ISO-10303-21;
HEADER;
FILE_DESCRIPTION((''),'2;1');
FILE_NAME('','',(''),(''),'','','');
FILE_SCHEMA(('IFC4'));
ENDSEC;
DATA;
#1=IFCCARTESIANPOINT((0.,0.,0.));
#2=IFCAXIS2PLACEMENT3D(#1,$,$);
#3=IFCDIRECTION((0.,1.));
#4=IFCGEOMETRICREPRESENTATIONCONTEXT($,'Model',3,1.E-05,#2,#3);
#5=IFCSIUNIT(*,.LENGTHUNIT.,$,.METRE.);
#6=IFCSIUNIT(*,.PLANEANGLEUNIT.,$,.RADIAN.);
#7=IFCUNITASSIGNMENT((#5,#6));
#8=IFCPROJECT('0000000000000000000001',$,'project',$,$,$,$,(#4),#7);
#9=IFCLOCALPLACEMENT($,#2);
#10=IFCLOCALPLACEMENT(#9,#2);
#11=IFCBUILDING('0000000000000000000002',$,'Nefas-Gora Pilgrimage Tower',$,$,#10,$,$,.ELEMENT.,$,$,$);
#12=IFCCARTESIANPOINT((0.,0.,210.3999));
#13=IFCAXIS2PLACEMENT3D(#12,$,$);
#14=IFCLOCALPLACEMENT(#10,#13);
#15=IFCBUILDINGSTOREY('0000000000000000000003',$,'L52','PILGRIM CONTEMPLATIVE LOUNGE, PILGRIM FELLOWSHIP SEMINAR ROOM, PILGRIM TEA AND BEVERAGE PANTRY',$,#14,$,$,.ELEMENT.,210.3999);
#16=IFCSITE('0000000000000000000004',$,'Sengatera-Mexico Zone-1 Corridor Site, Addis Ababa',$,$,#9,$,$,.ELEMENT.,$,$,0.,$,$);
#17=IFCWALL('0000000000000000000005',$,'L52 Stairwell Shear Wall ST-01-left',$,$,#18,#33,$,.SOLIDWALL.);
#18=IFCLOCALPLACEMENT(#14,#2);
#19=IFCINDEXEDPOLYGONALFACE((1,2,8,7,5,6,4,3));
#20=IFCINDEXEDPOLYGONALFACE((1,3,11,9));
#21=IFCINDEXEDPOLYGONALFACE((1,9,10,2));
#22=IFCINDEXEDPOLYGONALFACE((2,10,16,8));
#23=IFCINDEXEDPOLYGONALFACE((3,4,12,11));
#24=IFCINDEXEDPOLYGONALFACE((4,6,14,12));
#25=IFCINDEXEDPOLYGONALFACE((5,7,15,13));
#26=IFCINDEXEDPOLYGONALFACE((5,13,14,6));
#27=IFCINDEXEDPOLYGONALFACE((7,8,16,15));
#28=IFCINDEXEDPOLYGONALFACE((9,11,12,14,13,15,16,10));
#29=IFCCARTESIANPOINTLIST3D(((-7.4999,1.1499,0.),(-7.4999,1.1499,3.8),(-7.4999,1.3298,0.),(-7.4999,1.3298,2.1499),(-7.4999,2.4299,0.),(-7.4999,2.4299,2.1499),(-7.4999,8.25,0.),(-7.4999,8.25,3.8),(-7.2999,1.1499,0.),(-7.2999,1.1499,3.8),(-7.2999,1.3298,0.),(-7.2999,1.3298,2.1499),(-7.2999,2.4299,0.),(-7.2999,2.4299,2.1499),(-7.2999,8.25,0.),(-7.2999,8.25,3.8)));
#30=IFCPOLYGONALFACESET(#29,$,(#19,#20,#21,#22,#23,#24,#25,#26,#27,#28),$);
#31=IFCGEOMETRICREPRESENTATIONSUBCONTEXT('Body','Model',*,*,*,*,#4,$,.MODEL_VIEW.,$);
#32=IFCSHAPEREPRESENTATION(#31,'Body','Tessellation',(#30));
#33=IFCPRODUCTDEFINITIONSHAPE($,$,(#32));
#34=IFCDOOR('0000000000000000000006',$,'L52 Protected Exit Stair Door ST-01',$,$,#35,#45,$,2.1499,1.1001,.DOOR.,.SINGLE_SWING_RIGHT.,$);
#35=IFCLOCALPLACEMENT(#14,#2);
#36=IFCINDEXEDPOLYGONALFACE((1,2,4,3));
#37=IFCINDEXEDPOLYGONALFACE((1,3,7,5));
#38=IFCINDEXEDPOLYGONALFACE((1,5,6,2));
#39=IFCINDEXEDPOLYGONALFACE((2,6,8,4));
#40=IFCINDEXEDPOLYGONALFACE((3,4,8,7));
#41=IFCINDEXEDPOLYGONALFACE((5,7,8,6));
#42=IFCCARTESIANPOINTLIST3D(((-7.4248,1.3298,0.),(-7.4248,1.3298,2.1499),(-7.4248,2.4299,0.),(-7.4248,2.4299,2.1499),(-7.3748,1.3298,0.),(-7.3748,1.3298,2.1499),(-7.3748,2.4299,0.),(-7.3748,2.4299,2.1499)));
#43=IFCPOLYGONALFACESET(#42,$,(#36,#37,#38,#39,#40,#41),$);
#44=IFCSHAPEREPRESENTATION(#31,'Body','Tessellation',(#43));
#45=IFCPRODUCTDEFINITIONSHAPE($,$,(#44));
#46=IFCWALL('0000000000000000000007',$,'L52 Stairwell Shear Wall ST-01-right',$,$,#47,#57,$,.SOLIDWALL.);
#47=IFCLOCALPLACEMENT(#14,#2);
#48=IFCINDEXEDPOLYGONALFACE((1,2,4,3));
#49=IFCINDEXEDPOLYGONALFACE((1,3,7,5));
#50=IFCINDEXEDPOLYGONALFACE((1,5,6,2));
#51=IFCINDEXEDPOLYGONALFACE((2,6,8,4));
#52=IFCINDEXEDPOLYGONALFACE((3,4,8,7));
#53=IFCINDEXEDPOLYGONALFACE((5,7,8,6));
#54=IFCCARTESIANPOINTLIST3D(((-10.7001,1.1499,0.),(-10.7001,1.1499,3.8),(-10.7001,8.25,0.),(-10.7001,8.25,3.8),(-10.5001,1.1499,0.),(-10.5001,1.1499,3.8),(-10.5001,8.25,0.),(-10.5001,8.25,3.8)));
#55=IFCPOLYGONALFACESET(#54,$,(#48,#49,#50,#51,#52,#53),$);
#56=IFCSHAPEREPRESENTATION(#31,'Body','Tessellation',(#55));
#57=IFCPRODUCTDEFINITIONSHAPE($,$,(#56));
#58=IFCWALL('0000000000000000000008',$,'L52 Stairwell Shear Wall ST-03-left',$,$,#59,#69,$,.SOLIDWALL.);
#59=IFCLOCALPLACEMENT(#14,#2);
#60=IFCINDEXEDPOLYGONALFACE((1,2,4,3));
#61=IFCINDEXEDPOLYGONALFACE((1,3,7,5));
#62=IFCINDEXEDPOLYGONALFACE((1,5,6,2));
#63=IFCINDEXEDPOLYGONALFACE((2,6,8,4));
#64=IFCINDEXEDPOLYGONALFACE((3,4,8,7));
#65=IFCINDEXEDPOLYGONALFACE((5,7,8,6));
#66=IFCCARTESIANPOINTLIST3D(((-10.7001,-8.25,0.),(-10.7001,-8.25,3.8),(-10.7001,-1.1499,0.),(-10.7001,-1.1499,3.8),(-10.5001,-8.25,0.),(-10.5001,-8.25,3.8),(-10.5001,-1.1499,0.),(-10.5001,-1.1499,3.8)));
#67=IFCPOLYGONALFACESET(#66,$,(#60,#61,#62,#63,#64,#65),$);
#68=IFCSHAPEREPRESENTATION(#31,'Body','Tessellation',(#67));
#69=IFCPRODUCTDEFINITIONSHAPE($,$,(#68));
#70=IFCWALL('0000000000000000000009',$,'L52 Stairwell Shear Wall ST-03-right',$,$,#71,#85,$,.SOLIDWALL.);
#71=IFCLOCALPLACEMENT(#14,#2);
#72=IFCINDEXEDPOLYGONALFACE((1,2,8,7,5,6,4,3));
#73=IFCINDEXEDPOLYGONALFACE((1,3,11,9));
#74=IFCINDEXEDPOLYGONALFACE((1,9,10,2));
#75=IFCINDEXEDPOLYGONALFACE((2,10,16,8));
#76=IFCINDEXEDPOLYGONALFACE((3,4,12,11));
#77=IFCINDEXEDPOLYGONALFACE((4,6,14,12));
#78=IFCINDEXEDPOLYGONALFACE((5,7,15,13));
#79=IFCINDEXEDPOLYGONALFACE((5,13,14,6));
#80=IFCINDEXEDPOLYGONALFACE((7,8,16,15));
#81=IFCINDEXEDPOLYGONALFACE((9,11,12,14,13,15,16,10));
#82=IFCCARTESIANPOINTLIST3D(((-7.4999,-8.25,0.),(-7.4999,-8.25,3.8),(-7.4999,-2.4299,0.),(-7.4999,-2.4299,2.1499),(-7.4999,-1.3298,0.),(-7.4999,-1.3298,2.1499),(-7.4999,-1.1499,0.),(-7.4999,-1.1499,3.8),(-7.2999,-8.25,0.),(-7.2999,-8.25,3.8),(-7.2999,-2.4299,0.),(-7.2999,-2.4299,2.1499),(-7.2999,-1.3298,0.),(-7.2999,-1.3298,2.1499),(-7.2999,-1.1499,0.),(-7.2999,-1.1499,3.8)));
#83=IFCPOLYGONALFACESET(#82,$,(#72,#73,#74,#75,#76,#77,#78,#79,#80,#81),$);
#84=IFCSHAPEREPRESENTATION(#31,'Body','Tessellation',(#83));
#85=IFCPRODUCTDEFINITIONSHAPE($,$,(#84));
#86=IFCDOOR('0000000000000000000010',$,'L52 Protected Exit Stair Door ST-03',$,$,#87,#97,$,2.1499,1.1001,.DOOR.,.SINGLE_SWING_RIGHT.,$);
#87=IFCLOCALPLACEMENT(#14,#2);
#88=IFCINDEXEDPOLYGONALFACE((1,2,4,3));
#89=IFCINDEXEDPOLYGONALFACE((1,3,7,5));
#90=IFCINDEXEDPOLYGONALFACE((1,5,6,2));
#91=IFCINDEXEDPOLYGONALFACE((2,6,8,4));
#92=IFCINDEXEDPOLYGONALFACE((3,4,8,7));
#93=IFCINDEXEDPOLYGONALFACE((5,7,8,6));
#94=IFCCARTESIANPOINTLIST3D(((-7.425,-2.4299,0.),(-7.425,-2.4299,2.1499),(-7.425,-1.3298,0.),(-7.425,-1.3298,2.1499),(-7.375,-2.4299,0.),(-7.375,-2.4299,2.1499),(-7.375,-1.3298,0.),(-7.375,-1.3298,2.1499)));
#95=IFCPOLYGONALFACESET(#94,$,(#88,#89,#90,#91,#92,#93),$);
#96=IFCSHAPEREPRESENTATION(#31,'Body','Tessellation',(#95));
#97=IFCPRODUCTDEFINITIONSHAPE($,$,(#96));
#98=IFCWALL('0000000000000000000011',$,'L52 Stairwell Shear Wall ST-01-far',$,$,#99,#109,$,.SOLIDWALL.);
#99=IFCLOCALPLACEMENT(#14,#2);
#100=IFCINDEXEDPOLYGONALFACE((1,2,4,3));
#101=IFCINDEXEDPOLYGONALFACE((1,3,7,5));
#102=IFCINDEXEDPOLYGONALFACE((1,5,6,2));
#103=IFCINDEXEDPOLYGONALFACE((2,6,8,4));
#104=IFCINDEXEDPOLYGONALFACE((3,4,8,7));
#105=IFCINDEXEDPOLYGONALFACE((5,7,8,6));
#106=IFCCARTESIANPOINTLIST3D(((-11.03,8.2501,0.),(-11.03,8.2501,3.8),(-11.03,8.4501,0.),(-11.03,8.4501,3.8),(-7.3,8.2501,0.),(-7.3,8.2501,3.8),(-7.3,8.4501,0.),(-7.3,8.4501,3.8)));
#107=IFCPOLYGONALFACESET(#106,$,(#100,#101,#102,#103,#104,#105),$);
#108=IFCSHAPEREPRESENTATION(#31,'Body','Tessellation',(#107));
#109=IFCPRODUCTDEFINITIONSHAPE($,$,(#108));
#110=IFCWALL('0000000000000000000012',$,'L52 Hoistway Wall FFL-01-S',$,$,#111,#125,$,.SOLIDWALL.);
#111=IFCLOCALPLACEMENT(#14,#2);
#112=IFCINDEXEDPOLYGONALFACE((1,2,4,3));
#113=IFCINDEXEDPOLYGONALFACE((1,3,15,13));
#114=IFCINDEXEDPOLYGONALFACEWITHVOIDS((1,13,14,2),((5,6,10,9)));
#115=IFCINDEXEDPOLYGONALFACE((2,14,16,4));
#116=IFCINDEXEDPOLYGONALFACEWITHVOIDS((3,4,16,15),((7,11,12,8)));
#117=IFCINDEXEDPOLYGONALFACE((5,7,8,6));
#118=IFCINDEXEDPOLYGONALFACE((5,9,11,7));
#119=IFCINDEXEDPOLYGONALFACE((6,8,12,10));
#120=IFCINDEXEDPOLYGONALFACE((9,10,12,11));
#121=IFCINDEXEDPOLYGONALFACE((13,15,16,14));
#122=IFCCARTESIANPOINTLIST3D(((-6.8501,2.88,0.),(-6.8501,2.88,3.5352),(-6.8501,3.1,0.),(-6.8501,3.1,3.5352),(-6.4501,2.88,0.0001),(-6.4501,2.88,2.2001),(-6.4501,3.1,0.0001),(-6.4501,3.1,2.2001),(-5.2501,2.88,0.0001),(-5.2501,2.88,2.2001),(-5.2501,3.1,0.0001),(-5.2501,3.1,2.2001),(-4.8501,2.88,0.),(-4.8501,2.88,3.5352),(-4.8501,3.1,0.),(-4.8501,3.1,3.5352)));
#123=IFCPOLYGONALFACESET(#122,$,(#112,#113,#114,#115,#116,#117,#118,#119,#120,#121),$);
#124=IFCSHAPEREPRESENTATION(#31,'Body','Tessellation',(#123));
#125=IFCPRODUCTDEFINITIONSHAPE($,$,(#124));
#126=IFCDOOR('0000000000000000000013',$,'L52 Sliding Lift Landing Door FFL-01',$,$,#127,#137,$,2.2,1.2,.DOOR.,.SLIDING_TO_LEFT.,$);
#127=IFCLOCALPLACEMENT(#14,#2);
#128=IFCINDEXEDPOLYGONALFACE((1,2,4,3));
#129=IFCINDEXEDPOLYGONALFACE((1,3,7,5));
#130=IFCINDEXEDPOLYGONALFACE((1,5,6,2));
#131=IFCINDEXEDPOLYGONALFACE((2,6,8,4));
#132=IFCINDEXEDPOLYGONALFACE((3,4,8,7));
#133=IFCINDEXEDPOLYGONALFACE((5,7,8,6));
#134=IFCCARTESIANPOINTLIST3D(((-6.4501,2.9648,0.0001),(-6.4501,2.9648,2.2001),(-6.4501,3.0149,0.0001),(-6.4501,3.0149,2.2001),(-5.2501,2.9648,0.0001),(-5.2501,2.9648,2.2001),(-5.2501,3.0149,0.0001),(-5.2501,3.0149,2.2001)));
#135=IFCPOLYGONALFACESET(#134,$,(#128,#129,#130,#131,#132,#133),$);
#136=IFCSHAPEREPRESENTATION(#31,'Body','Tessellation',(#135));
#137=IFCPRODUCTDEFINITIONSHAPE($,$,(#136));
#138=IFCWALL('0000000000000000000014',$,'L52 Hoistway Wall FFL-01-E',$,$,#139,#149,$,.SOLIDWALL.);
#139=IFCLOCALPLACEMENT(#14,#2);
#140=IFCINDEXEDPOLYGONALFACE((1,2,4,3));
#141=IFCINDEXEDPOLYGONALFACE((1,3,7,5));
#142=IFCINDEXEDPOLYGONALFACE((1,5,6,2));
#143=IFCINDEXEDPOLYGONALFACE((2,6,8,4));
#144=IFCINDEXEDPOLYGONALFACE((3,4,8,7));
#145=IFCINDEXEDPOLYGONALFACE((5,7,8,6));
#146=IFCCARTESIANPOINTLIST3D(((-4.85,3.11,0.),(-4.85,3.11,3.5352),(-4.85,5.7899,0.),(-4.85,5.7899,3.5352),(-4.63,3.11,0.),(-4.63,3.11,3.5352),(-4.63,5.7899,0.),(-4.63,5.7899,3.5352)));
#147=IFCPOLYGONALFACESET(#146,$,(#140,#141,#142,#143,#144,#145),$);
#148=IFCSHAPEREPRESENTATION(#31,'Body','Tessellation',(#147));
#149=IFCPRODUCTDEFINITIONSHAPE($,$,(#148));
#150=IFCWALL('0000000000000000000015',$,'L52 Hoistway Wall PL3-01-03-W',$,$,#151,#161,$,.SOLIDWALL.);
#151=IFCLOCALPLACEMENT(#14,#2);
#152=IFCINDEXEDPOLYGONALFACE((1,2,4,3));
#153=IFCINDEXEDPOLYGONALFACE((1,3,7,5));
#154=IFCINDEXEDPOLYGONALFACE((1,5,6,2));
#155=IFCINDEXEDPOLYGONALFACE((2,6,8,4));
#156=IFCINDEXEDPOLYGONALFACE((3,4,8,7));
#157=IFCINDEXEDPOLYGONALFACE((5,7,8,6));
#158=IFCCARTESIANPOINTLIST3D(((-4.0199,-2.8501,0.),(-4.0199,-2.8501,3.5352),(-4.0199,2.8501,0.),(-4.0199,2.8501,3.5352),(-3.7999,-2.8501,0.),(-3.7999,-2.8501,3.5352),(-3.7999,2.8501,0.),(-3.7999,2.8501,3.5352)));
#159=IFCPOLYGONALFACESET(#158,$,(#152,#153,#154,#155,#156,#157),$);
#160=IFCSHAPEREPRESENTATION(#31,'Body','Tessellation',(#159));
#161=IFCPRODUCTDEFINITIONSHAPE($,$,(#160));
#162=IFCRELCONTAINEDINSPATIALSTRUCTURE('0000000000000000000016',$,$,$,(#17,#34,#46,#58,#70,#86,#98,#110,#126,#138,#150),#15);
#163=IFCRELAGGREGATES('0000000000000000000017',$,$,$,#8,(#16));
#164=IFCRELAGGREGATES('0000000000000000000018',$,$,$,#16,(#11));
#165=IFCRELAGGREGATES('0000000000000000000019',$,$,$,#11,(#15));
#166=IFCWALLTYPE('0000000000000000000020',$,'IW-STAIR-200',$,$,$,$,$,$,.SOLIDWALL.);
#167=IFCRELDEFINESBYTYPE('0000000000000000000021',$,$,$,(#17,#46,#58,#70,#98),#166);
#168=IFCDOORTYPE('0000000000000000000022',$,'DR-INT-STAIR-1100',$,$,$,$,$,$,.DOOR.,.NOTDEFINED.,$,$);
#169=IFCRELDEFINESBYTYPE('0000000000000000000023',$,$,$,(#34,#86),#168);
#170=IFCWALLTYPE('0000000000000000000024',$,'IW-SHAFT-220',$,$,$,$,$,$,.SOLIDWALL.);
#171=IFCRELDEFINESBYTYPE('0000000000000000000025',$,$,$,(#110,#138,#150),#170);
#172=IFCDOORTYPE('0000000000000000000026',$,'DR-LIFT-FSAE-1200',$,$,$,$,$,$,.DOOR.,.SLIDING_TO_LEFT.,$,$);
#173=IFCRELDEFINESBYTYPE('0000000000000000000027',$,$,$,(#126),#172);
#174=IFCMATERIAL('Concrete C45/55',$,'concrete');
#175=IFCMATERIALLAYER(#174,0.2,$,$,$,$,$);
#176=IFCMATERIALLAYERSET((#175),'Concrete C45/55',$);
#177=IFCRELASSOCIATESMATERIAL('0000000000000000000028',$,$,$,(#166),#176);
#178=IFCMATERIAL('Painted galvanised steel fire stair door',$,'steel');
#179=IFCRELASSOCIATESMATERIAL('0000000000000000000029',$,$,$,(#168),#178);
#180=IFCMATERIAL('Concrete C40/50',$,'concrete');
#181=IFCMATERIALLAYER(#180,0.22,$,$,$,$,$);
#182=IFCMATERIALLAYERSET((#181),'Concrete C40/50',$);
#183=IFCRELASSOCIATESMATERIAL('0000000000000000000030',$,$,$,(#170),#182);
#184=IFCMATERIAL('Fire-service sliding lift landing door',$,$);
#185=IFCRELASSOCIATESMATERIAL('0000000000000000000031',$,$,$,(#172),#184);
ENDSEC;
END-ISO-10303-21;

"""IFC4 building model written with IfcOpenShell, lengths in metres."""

from ifc_helpers import new_model, si_unit, direction, frame, frame_2d, origin, place, context, subcontext, project, spatial, rectangle, extrude, source, transform, mapped, material, layer, layer_set, type_object, element, fill, save


model = new_model("IFC4")

# Units and contexts
model_context = context("Model", 3, precision=1e-05, world=origin(), true_north=direction((0.0, 1.0)))
body_context = subcontext(model_context, "Body", "Model", "MODEL_VIEW")
ifc_project = project(units=[si_unit("LENGTHUNIT", "METRE"), si_unit("PLANEANGLEUNIT", "RADIAN")], contexts=[model_context])

# Site, building, storey
site_placement = place(None, origin())
site = spatial("IfcSite", under=ifc_project, at=site_placement, Name="Sengatera-Mexico Zone-1 Corridor Site, Addis Ababa", CompositionType="ELEMENT", RefElevation=0.0)
building_placement = place(site_placement, origin())
building = spatial("IfcBuilding", under=site, at=building_placement, Name="Nefas-Gora Pilgrimage Tower", CompositionType="ELEMENT")
storey_placement = place(building_placement, frame((0.0, 0.0, 210.3999)))
storey = spatial("IfcBuildingStorey", under=building, at=storey_placement, Name="L52", Description="PILGRIM CONTEMPLATIVE LOUNGE, PILGRIM FELLOWSHIP SEMINAR ROOM, PILGRIM TEA AND BEVERAGE PANTRY", CompositionType="ELEMENT", Elevation=210.3999)

# Shared definitions
ifc_material_1 = material(Name="Concrete C40/50", Category="concrete")

# Shared definitions
ifc_material_2 = material(Name="Concrete C45/55", Category="concrete")
ifc_layer_1 = layer(ifc_material_2, 0.2)
ifc_layer_set_1 = layer_set([ifc_layer_1], Name="Concrete C45/55")
wall_type_1 = type_object("IfcWallType", Name="IW-STAIR-200", PredefinedType="SOLIDWALL", material=ifc_layer_set_1)

# Wall, opening, door
shared_shape_1 = source(origin(), body_context, "Body", "SweptSolid", [
    extrude(rectangle(XDim=7.1001, YDim=0.2, at=frame_2d((3.55, 0.0))), origin(), (0.0, 0.0, 1.0), 3.8),
])
wall_1_placement = place(storey_placement, frame((-7.3999, 1.1499, 0.0), z_axis=(0.0, 0.0, 1.0), x_axis=(0.0, 1.0, 0.0)))
wall_1 = element("IfcWall", 1, at=wall_1_placement, inside=storey, type_object=wall_type_1, Name="L52 Stairwell Shear Wall ST-01-left", PredefinedType="SOLIDWALL", context=body_context, shape_type="MappedRepresentation", body=[
    mapped(shared_shape_1, transform((0.0, 0.0, 0.0), x_axis=(1.0, 0.0, 0.0), y_axis=(0.0, 1.0, 0.0), z_axis=(0.0, 0.0, 1.0), scale=1.0)),
])
opening_1_placement = place(wall_1_placement, frame((0.1799, 0.0, 0.0)))
opening_1 = element("IfcOpeningElement", 2, at=opening_1_placement, cuts=wall_1, PredefinedType="OPENING", context=body_context, shape_type="SweptSolid", body=[
    extrude(rectangle(XDim=1.1001, YDim=2.1499, at=frame_2d((0.55, 1.075))), frame((0.0, 0.1099, 0.0), z_axis=(0.0, -1.0, 0.0), x_axis=(1.0, 0.0, 0.0)), (0.0, 0.0, 1.0), 0.22),
])
ifc_material_3 = material(Name="Painted galvanised steel fire stair door", Category="steel")
door_type_1 = type_object("IfcDoorType", Name="DR-INT-STAIR-1100", OperationType="NOTDEFINED", PredefinedType="DOOR", material=ifc_material_3)
shared_shape_2 = source(origin(), body_context, "Body", "SweptSolid", [
    extrude(rectangle(XDim=1.1001, YDim=2.1499, at=frame_2d((0.55, 1.075))), frame((0.0, 0.0249, 0.0), z_axis=(0.0, -1.0, 0.0), x_axis=(1.0, 0.0, 0.0)), (0.0, 0.0, 1.0), 0.05),
])
door_1_placement = place(opening_1_placement, origin())
door_1 = element("IfcDoor", 3, at=door_1_placement, inside=storey, type_object=door_type_1, Name="L52 Protected Exit Stair Door ST-01", OperationType="SINGLE_SWING_RIGHT", OverallHeight=2.1499, OverallWidth=1.1001, PredefinedType="DOOR", context=body_context, shape_type="MappedRepresentation", body=[
    mapped(shared_shape_2, transform((0.0, 0.0, 0.0), x_axis=(1.0, 0.0, 0.0), y_axis=(0.0, 1.0, 0.0), z_axis=(0.0, 0.0, 1.0), scale=1.0)),
])
fill(opening_1, door_1)

# Walls
for number, where, z_axis, x_axis, name in (
    (4, (-10.6001, 1.1499, 0.0), (0.0, 0.0, 1.0), (0.0, 1.0, 0.0), "L52 Stairwell Shear Wall ST-01-right"),
    (5, (-10.6001, -1.1499, 0.0), (0.0, 0.0, 1.0), (0.0, -1.0, 0.0), "L52 Stairwell Shear Wall ST-03-left"),
):
    element("IfcWall", number, at=place(storey_placement, frame(where, z_axis=z_axis, x_axis=x_axis)), inside=storey, type_object=wall_type_1, Name=name, PredefinedType="SOLIDWALL", context=body_context, shape_type="MappedRepresentation", body=[
        mapped(shared_shape_1, transform((0.0, 0.0, 0.0), x_axis=(1.0, 0.0, 0.0), y_axis=(0.0, 1.0, 0.0), z_axis=(0.0, 0.0, 1.0), scale=1.0)),
    ])

# Wall, opening, door
wall_2_placement = place(storey_placement, frame((-7.3999, -1.1499, 0.0), z_axis=(0.0, 0.0, 1.0), x_axis=(0.0, -1.0, 0.0)))
wall_2 = element("IfcWall", 6, at=wall_2_placement, inside=storey, type_object=wall_type_1, Name="L52 Stairwell Shear Wall ST-03-right", PredefinedType="SOLIDWALL", context=body_context, shape_type="MappedRepresentation", body=[
    mapped(shared_shape_1, transform((0.0, 0.0, 0.0), x_axis=(1.0, 0.0, 0.0), y_axis=(0.0, 1.0, 0.0), z_axis=(0.0, 0.0, 1.0), scale=1.0)),
])
opening_2_placement = place(wall_2_placement, frame((0.1799, 0.0, 0.0)))
opening_2 = element("IfcOpeningElement", 7, at=opening_2_placement, cuts=wall_2, PredefinedType="OPENING", context=body_context, shape_type="SweptSolid", body=[
    extrude(rectangle(XDim=1.1001, YDim=2.1499, at=frame_2d((0.55, 1.075))), frame((0.0, 0.1099, 0.0), z_axis=(0.0, -1.0, 0.0), x_axis=(1.0, 0.0, 0.0)), (0.0, 0.0, 1.0), 0.22),
])
door_2_placement = place(opening_2_placement, origin())
door_2 = element("IfcDoor", 8, at=door_2_placement, inside=storey, type_object=door_type_1, Name="L52 Protected Exit Stair Door ST-03", OperationType="SINGLE_SWING_RIGHT", OverallHeight=2.1499, OverallWidth=1.1001, PredefinedType="DOOR", context=body_context, shape_type="MappedRepresentation", body=[
    mapped(shared_shape_2, transform((0.0, 0.0, 0.0), x_axis=(1.0, 0.0, 0.0), y_axis=(0.0, 1.0, 0.0), z_axis=(0.0, 0.0, 1.0), scale=1.0)),
])
fill(opening_2, door_2)

# Wall
shared_shape_3 = source(origin(), body_context, "Body", "SweptSolid", [
    extrude(rectangle(XDim=3.73, YDim=0.2, at=frame_2d((1.865, 0.0))), origin(), (0.0, 0.0, 1.0), 3.8),
])
wall_3_placement = place(storey_placement, frame((-7.3, 8.3501, 0.0), z_axis=(0.0, 0.0, 1.0), x_axis=(-1.0, 0.0, 0.0)))
element("IfcWall", 9, at=wall_3_placement, inside=storey, type_object=wall_type_1, Name="L52 Stairwell Shear Wall ST-01-far", PredefinedType="SOLIDWALL", context=body_context, shape_type="MappedRepresentation", body=[
    mapped(shared_shape_3, transform((0.0, 0.0, 0.0), x_axis=(1.0, 0.0, 0.0), y_axis=(0.0, 1.0, 0.0), z_axis=(0.0, 0.0, 1.0), scale=1.0)),
])

# Wall, opening, door
ifc_layer_2 = layer(ifc_material_1, 0.22)
ifc_layer_set_2 = layer_set([ifc_layer_2], Name="Concrete C40/50")
wall_type_2 = type_object("IfcWallType", Name="IW-SHAFT-220", PredefinedType="SOLIDWALL", material=ifc_layer_set_2)
shared_shape_4 = source(origin(), body_context, "Body", "SweptSolid", [
    extrude(rectangle(XDim=2.0, YDim=0.22, at=frame_2d((1.0, 0.0))), origin(), (0.0, 0.0, 1.0), 3.5352),
])
wall_4_placement = place(storey_placement, frame((-6.8501, 2.99, 0.0), z_axis=(0.0, 0.0, 1.0), x_axis=(1.0, 0.0, 0.0)))
wall_4 = element("IfcWall", 10, at=wall_4_placement, inside=storey, type_object=wall_type_2, Name="L52 Hoistway Wall FFL-01-S", PredefinedType="SOLIDWALL", context=body_context, shape_type="MappedRepresentation", body=[
    mapped(shared_shape_4, transform((0.0, 0.0, 0.0), x_axis=(1.0, 0.0, 0.0), y_axis=(0.0, 1.0, 0.0), z_axis=(0.0, 0.0, 1.0), scale=1.0)),
])
opening_3_placement = place(wall_4_placement, frame((0.3999, 0.0, 0.0)))
opening_3 = element("IfcOpeningElement", 11, at=opening_3_placement, cuts=wall_4, PredefinedType="OPENING", context=body_context, shape_type="SweptSolid", body=[
    extrude(rectangle(XDim=1.2, YDim=2.2, at=frame_2d((0.6001, 1.1001))), frame((0.0, 0.1199, 0.0), z_axis=(0.0, -1.0, 0.0), x_axis=(1.0, 0.0, 0.0)), (0.0, 0.0, 1.0), 0.24),
])
ifc_material_4 = material(Name="Fire-service sliding lift landing door")
door_type_2 = type_object("IfcDoorType", Name="DR-LIFT-FSAE-1200", OperationType="SLIDING_TO_LEFT", PredefinedType="DOOR", material=ifc_material_4)
shared_shape_5 = source(origin(), body_context, "Body", "SweptSolid", [
    extrude(rectangle(XDim=1.2, YDim=2.2, at=frame_2d((0.6001, 1.1001))), frame((0.0, 0.0249, 0.0), z_axis=(0.0, -1.0, 0.0), x_axis=(1.0, 0.0, 0.0)), (0.0, 0.0, 1.0), 0.05),
])
door_3_placement = place(opening_3_placement, origin())
door_3 = element("IfcDoor", 12, at=door_3_placement, inside=storey, type_object=door_type_2, Name="L52 Sliding Lift Landing Door FFL-01", OperationType="SLIDING_TO_LEFT", OverallHeight=2.2, OverallWidth=1.2, PredefinedType="DOOR", context=body_context, shape_type="MappedRepresentation", body=[
    mapped(shared_shape_5, transform((0.0, 0.0, 0.0), x_axis=(1.0, 0.0, 0.0), y_axis=(0.0, 1.0, 0.0), z_axis=(0.0, 0.0, 1.0), scale=1.0)),
])
fill(opening_3, door_3)

# Walls
shared_shape_6 = source(origin(), body_context, "Body", "SweptSolid", [
    extrude(rectangle(XDim=2.6799, YDim=0.22, at=frame_2d((1.3398, 0.0))), origin(), (0.0, 0.0, 1.0), 3.5352),
])
wall_5_placement = place(storey_placement, frame((-4.74, 3.1101, 0.0), z_axis=(0.0, 0.0, 1.0), x_axis=(0.0, 1.0, 0.0)))
element("IfcWall", 13, at=wall_5_placement, inside=storey, type_object=wall_type_2, Name="L52 Hoistway Wall FFL-01-E", PredefinedType="SOLIDWALL", context=body_context, shape_type="MappedRepresentation", body=[
    mapped(shared_shape_6, transform((0.0, 0.0, 0.0), x_axis=(1.0, 0.0, 0.0), y_axis=(0.0, 1.0, 0.0), z_axis=(0.0, 0.0, 1.0), scale=1.0)),
])
shared_shape_7 = source(origin(), body_context, "Body", "SweptSolid", [
    extrude(rectangle(XDim=5.7002, YDim=0.22, at=frame_2d((2.8501, 0.0))), origin(), (0.0, 0.0, 1.0), 3.5352),
])
wall_6_placement = place(storey_placement, frame((-3.9099, 2.8501, 0.0), z_axis=(0.0, 0.0, 1.0), x_axis=(0.0, -1.0, 0.0)))
element("IfcWall", 14, at=wall_6_placement, inside=storey, type_object=wall_type_2, Name="L52 Hoistway Wall PL3-01-03-W", PredefinedType="SOLIDWALL", context=body_context, shape_type="MappedRepresentation", body=[
    mapped(shared_shape_7, transform((0.0, 0.0, 0.0), x_axis=(1.0, 0.0, 0.0), y_axis=(0.0, 1.0, 0.0), z_axis=(0.0, 0.0, 1.0), scale=1.0)),
])

save(model, "model.ifc")
